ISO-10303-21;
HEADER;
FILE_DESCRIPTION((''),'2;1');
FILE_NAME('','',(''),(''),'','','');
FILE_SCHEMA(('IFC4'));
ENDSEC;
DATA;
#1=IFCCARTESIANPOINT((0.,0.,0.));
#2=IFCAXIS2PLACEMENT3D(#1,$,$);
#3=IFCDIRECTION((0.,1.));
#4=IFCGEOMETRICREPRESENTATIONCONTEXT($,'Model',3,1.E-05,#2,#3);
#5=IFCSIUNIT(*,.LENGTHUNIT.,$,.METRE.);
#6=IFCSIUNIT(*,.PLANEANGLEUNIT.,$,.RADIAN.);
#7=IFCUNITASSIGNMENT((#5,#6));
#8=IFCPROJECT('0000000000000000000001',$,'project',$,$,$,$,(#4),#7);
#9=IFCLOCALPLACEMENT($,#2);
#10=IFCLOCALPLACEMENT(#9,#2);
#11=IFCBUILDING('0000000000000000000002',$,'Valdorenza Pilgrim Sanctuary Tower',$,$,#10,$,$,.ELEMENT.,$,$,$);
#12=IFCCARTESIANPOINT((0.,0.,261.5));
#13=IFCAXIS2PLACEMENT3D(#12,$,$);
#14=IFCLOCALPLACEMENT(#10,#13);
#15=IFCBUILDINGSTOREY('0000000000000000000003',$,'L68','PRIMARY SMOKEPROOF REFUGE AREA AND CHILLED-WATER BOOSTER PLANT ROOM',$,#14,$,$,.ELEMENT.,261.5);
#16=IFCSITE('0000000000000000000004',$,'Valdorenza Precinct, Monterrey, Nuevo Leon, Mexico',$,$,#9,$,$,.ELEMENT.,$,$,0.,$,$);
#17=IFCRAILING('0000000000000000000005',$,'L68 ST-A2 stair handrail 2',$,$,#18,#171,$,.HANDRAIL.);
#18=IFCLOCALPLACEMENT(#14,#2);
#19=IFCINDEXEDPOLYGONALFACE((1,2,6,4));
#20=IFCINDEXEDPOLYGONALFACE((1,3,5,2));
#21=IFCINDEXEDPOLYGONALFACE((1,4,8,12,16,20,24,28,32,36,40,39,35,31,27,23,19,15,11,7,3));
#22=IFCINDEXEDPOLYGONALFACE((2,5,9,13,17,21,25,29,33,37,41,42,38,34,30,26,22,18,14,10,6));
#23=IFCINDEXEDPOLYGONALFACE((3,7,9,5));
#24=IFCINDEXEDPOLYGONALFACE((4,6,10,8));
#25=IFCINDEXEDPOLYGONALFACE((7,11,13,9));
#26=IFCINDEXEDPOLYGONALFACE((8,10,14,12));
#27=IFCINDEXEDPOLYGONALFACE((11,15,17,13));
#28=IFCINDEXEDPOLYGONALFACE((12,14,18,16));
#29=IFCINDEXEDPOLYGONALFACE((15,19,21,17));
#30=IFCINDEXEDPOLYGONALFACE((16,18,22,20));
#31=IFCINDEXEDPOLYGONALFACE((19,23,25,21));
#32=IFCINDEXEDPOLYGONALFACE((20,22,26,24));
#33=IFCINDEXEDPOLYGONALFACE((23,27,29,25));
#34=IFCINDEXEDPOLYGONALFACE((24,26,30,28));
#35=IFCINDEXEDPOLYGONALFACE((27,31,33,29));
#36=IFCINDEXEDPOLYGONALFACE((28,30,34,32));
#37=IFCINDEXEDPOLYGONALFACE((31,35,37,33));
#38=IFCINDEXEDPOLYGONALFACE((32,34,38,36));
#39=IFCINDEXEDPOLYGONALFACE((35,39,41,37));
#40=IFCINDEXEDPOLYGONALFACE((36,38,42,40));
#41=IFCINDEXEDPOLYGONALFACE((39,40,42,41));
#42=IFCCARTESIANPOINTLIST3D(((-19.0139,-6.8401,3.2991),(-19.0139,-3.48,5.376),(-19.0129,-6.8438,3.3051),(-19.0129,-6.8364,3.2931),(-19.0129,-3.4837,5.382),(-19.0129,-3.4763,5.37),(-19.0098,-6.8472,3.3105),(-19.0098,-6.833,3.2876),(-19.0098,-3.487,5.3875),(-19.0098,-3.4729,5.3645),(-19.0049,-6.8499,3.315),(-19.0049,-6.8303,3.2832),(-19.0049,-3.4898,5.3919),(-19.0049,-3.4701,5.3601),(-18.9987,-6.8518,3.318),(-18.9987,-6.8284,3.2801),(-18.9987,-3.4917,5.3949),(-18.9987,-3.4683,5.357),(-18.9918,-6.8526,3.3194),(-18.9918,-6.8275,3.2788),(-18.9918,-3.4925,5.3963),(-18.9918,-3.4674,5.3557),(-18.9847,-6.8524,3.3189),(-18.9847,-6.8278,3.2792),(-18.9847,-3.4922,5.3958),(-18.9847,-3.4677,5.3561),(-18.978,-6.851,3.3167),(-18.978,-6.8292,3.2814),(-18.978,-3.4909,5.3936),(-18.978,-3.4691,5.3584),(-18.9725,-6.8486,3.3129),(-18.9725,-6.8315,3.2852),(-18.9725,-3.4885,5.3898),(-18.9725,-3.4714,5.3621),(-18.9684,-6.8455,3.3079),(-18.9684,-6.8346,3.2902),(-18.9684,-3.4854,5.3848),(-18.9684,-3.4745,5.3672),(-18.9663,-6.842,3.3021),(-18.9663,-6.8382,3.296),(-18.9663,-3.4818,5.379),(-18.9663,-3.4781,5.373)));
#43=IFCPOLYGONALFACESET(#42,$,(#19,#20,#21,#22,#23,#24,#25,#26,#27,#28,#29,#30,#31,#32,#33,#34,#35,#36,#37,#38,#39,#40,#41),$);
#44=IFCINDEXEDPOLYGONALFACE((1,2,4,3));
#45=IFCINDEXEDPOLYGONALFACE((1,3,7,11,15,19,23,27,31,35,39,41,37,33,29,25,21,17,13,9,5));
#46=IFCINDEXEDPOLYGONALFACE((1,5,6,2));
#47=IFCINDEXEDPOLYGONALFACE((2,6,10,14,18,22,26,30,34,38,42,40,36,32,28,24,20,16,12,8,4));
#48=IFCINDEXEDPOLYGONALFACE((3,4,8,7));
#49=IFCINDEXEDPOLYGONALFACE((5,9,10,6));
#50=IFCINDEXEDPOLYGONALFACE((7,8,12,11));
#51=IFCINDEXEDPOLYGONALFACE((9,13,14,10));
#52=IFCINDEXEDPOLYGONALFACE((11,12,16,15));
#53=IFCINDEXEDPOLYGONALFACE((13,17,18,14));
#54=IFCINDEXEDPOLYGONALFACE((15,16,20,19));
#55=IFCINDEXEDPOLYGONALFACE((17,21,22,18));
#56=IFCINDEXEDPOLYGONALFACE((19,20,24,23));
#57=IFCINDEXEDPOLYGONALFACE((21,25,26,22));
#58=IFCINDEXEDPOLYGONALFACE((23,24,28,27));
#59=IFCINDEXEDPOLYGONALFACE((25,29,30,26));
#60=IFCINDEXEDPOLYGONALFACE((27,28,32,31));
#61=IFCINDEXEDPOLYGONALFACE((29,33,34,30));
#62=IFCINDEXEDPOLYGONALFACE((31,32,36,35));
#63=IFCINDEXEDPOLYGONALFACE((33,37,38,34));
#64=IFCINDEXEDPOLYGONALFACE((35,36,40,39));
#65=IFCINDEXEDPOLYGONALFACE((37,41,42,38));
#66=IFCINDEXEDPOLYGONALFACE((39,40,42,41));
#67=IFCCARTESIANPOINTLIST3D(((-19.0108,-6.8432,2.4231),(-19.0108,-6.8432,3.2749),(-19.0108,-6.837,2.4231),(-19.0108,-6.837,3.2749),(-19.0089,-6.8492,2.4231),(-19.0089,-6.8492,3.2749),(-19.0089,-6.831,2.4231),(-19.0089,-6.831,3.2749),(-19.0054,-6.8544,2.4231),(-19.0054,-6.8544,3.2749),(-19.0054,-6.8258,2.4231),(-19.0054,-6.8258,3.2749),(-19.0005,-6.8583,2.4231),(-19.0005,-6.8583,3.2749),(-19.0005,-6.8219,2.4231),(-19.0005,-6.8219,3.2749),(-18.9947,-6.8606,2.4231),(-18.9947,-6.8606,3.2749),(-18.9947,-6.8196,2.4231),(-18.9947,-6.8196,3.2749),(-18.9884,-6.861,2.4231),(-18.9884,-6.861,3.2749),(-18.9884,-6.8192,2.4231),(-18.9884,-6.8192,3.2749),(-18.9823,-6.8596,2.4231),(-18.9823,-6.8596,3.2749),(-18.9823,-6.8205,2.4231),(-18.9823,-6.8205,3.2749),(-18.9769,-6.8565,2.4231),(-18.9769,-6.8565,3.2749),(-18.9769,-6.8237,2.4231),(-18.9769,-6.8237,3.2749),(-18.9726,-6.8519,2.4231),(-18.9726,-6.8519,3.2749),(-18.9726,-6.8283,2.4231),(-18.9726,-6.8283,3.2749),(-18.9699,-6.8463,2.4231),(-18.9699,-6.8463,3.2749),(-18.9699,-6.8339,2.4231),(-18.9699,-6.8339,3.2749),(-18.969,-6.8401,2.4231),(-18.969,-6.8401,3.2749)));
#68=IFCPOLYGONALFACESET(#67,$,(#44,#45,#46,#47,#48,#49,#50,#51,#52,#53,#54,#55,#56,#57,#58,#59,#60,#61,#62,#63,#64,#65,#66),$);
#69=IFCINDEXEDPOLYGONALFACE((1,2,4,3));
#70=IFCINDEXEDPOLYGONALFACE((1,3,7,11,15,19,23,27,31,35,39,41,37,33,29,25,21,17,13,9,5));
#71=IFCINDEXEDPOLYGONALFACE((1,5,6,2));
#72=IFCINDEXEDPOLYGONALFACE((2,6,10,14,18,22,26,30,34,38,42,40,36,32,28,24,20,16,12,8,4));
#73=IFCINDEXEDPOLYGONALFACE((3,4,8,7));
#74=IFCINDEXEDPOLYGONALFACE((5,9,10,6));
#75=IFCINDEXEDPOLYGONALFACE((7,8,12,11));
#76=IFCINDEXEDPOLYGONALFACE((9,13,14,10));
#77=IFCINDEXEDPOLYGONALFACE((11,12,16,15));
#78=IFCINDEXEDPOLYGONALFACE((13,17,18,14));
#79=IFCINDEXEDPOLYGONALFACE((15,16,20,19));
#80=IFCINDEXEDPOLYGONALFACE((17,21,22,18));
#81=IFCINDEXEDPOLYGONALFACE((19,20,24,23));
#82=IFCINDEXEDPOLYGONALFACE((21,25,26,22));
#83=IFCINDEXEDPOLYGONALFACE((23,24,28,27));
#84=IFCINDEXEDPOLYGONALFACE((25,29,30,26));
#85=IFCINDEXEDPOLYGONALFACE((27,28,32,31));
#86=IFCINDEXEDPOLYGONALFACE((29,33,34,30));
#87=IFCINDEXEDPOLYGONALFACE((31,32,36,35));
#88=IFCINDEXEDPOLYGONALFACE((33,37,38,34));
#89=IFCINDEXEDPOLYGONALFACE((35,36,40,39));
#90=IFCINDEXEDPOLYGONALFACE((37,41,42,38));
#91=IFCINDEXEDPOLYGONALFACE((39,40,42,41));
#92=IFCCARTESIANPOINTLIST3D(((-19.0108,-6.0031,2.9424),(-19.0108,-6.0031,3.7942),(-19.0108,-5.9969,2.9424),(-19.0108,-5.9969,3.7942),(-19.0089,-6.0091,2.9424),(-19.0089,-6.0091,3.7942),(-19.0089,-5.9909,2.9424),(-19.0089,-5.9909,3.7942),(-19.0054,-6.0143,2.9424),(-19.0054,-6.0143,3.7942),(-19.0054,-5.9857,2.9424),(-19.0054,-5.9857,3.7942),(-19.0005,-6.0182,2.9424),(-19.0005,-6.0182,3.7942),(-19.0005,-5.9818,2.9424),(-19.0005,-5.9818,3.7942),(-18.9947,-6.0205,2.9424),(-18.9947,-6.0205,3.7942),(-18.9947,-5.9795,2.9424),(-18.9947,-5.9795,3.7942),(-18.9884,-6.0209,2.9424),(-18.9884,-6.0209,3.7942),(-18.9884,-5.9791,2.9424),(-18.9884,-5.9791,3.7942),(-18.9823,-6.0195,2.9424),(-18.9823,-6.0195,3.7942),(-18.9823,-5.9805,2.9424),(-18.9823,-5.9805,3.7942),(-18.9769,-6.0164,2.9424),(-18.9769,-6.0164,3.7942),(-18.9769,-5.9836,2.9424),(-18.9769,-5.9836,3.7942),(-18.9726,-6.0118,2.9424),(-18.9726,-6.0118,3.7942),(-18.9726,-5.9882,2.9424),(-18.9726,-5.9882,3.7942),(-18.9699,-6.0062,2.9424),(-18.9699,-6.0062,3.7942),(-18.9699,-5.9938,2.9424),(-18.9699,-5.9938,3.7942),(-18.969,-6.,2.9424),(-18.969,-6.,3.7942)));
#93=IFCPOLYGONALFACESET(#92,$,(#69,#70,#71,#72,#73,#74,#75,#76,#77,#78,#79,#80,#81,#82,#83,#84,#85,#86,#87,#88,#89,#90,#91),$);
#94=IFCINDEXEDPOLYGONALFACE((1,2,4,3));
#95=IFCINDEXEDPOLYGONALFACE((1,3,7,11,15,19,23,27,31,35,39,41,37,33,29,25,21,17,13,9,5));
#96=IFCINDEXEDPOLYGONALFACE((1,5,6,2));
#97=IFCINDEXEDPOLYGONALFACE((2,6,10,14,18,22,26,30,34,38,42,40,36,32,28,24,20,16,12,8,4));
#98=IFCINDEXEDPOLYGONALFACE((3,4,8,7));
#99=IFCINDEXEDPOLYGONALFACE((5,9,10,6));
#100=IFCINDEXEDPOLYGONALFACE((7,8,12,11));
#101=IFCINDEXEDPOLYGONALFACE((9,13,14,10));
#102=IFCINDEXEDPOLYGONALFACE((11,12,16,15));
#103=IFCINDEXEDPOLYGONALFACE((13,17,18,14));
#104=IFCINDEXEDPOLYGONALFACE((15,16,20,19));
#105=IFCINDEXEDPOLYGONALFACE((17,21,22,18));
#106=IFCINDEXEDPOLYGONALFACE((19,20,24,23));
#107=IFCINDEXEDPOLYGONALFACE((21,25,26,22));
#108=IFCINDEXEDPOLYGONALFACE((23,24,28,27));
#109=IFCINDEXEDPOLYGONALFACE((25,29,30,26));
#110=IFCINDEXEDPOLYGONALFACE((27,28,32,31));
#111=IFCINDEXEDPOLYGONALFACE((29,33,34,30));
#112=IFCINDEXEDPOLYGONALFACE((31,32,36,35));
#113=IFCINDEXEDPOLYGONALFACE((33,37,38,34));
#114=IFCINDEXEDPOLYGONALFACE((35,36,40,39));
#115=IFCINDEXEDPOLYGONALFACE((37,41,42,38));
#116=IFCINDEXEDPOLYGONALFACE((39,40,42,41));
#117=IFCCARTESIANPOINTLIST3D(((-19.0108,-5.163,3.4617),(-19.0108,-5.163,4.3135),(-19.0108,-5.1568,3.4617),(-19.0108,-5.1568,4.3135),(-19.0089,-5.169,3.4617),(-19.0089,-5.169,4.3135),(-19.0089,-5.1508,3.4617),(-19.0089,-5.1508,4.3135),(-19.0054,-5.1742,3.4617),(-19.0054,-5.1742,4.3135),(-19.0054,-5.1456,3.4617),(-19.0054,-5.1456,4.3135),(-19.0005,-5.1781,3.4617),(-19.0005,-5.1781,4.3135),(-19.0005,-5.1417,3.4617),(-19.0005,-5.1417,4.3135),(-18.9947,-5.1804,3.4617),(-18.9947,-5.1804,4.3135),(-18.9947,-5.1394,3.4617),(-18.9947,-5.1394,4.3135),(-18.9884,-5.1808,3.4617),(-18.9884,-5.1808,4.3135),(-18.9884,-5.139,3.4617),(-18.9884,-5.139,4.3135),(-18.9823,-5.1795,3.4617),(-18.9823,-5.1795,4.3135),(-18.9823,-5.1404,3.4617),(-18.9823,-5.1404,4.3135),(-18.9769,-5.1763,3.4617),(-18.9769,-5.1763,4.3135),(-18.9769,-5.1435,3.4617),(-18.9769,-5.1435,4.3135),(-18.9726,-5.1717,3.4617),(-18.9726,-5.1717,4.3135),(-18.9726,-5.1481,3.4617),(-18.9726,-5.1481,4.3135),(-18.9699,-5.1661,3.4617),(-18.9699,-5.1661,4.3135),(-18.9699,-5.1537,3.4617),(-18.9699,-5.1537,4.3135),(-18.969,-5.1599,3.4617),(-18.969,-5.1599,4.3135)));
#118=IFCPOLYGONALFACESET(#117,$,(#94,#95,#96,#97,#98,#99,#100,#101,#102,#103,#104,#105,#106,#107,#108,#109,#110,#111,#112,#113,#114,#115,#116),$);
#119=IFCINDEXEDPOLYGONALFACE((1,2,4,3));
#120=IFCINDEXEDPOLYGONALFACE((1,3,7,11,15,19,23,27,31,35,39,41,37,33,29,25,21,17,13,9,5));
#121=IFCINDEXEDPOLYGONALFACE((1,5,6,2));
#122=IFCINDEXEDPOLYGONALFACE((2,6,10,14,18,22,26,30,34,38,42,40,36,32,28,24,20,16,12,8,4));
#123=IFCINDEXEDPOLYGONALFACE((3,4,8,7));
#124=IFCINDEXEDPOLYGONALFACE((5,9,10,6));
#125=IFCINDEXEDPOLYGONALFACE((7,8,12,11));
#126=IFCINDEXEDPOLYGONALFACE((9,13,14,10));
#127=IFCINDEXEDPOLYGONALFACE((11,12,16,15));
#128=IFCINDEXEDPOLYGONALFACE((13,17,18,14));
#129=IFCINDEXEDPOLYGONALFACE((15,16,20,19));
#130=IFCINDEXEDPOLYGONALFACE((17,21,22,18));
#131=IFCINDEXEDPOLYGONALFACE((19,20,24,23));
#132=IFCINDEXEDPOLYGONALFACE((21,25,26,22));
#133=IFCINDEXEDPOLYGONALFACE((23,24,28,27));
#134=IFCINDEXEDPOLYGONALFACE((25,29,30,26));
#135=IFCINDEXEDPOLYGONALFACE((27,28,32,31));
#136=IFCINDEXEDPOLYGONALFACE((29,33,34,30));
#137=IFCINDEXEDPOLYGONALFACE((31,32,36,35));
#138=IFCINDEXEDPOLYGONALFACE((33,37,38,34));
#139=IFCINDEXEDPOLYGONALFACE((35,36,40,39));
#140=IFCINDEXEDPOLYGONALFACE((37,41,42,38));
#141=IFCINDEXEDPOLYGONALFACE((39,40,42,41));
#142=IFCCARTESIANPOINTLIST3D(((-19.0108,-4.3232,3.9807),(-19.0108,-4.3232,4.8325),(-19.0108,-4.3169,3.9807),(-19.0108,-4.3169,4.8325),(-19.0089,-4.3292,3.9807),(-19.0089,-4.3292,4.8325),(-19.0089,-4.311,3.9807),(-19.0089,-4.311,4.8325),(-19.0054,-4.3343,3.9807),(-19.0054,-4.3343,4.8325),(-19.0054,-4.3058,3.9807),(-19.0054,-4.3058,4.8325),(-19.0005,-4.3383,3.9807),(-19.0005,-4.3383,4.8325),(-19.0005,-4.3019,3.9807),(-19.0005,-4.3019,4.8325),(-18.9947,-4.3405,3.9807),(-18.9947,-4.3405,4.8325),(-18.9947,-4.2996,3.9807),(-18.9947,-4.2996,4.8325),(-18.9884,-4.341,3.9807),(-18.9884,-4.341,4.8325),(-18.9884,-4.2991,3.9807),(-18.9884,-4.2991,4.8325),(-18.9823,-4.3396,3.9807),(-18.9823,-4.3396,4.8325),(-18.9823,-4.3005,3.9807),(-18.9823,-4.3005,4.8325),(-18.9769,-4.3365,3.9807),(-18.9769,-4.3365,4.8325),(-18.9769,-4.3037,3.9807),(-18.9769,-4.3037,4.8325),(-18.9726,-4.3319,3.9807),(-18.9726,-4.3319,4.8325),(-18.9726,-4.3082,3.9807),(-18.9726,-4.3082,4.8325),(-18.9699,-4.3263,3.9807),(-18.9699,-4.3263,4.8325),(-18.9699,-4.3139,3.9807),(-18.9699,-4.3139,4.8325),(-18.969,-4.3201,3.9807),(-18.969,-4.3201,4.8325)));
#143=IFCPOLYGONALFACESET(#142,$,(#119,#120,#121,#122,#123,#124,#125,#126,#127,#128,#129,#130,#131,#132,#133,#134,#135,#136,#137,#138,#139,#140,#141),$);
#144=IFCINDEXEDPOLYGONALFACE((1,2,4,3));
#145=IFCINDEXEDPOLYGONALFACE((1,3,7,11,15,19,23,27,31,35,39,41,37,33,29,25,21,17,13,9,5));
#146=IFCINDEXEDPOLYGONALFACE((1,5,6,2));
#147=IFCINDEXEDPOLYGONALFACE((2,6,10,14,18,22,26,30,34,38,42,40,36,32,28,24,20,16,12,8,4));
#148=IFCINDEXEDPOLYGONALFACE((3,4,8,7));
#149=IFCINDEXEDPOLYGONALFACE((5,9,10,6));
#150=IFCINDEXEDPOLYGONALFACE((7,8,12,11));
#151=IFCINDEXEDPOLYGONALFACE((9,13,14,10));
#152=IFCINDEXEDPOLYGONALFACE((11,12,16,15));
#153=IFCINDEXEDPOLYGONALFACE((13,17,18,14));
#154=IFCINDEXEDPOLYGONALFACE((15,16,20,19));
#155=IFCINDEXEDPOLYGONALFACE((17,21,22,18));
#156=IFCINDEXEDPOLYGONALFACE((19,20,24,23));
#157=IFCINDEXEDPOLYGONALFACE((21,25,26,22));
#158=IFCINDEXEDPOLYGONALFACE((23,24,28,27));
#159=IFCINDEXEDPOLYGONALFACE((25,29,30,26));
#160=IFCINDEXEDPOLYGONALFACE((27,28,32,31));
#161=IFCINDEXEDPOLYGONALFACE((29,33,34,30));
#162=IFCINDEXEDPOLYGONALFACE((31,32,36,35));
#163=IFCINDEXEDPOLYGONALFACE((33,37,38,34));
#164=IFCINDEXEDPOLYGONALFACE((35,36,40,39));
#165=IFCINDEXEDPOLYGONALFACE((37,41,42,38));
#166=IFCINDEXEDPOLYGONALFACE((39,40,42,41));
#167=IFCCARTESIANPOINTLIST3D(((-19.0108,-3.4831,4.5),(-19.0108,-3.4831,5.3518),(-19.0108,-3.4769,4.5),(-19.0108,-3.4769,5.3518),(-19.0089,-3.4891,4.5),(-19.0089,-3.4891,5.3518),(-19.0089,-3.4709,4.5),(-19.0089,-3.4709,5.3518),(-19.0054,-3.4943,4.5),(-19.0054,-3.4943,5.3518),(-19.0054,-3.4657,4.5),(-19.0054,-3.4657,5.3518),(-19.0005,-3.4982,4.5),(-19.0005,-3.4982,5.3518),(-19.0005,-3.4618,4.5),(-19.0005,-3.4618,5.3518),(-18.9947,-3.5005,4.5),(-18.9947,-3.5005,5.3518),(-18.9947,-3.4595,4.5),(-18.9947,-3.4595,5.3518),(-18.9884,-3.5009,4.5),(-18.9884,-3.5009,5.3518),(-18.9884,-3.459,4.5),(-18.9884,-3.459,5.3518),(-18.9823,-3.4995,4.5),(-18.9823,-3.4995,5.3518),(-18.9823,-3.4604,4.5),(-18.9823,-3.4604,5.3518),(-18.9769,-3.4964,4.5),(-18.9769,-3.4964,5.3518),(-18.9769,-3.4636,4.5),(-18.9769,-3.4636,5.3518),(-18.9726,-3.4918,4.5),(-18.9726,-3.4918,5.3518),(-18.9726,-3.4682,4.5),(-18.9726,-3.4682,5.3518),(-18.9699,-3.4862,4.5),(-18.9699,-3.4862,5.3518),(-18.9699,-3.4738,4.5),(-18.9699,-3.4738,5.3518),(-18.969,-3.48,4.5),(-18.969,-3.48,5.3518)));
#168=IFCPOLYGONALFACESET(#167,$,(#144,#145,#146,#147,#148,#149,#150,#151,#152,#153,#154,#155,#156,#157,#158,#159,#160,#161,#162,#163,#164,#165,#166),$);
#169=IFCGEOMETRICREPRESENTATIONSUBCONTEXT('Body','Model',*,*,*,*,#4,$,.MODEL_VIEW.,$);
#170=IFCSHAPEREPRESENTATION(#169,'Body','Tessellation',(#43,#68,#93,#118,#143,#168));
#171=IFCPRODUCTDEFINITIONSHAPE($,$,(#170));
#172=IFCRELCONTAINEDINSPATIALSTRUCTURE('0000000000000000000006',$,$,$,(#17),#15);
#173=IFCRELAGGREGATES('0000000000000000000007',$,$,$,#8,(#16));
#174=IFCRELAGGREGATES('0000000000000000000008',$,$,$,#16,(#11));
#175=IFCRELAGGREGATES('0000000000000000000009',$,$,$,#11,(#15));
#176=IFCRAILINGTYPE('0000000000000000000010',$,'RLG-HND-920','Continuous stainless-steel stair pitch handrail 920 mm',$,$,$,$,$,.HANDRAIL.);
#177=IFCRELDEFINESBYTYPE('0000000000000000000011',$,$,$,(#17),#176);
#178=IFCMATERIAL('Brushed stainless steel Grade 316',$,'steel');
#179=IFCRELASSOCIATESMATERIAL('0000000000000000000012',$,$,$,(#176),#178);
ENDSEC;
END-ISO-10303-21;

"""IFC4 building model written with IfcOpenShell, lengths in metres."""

from ifc_helpers import new_model, si_unit, direction, frame, origin, origin_2d, place, context, subcontext, project, spatial, circle, extrude, material, type_object, element, save


model = new_model("IFC4")

# Units and contexts
model_context = context("Model", 3, precision=1e-05, world=origin(), true_north=direction((0.0, 1.0)))
body_context = subcontext(model_context, "Body", "Model", "MODEL_VIEW")
ifc_project = project(units=[si_unit("LENGTHUNIT", "METRE"), si_unit("PLANEANGLEUNIT", "RADIAN")], contexts=[model_context])

# Site, building, storey
site_placement = place(None, origin())
site = spatial("IfcSite", under=ifc_project, at=site_placement, Name="Valdorenza Precinct, Monterrey, Nuevo Leon, Mexico", CompositionType="ELEMENT", RefElevation=0.0)
building_placement = place(site_placement, origin())
building = spatial("IfcBuilding", under=site, at=building_placement, Name="Valdorenza Pilgrim Sanctuary Tower", CompositionType="ELEMENT")
storey_placement = place(building_placement, frame((0.0, 0.0, 261.5)))
storey = spatial("IfcBuildingStorey", under=building, at=storey_placement, Name="L68", Description="PRIMARY SMOKEPROOF REFUGE AREA AND CHILLED-WATER BOOSTER PLANT ROOM", CompositionType="ELEMENT", Elevation=261.5)

# Shared definitions
ifc_material_1 = material(Name="Brushed stainless steel Grade 316", Category="steel")

# Railing
railing_type_1 = type_object("IfcRailingType", Name="RLG-HND-920", Description="Continuous stainless-steel stair pitch handrail 920 mm", PredefinedType="HANDRAIL", material=ifc_material_1)
railing_1_placement = place(storey_placement, frame((-18.99, -6.8401, 2.4231)))
element("IfcRailing", 1, at=railing_1_placement, inside=storey, type_object=railing_type_1, Name="L68 ST-A2 stair handrail 2", PredefinedType="HANDRAIL", context=body_context, shape_type="SweptSolid", body=[
    extrude(circle(Radius=0.0239, at=origin_2d()), frame((0.0, 0.0, 0.876), z_axis=(0.0, 0.850623, 0.525776), x_axis=(-1.0, 0.0, 0.0)), (0.0, 0.0, 1.0), 3.9502),
    extrude(circle(Radius=0.021, at=origin_2d()), origin(), (0.0, 0.0, 1.0), 0.8518),
    extrude(circle(Radius=0.021, at=origin_2d()), frame((0.0, 0.8401, 0.5193)), (0.0, 0.0, 1.0), 0.8518),
    extrude(circle(Radius=0.021, at=origin_2d()), frame((0.0, 1.6802, 1.0386)), (0.0, 0.0, 1.0), 0.8518),
    extrude(circle(Radius=0.021, at=origin_2d()), frame((0.0, 2.52, 1.5576)), (0.0, 0.0, 1.0), 0.8518),
    extrude(circle(Radius=0.021, at=origin_2d()), frame((0.0, 3.3601, 2.0769)), (0.0, 0.0, 1.0), 0.8518),
])

save(model, "model.ifc")
